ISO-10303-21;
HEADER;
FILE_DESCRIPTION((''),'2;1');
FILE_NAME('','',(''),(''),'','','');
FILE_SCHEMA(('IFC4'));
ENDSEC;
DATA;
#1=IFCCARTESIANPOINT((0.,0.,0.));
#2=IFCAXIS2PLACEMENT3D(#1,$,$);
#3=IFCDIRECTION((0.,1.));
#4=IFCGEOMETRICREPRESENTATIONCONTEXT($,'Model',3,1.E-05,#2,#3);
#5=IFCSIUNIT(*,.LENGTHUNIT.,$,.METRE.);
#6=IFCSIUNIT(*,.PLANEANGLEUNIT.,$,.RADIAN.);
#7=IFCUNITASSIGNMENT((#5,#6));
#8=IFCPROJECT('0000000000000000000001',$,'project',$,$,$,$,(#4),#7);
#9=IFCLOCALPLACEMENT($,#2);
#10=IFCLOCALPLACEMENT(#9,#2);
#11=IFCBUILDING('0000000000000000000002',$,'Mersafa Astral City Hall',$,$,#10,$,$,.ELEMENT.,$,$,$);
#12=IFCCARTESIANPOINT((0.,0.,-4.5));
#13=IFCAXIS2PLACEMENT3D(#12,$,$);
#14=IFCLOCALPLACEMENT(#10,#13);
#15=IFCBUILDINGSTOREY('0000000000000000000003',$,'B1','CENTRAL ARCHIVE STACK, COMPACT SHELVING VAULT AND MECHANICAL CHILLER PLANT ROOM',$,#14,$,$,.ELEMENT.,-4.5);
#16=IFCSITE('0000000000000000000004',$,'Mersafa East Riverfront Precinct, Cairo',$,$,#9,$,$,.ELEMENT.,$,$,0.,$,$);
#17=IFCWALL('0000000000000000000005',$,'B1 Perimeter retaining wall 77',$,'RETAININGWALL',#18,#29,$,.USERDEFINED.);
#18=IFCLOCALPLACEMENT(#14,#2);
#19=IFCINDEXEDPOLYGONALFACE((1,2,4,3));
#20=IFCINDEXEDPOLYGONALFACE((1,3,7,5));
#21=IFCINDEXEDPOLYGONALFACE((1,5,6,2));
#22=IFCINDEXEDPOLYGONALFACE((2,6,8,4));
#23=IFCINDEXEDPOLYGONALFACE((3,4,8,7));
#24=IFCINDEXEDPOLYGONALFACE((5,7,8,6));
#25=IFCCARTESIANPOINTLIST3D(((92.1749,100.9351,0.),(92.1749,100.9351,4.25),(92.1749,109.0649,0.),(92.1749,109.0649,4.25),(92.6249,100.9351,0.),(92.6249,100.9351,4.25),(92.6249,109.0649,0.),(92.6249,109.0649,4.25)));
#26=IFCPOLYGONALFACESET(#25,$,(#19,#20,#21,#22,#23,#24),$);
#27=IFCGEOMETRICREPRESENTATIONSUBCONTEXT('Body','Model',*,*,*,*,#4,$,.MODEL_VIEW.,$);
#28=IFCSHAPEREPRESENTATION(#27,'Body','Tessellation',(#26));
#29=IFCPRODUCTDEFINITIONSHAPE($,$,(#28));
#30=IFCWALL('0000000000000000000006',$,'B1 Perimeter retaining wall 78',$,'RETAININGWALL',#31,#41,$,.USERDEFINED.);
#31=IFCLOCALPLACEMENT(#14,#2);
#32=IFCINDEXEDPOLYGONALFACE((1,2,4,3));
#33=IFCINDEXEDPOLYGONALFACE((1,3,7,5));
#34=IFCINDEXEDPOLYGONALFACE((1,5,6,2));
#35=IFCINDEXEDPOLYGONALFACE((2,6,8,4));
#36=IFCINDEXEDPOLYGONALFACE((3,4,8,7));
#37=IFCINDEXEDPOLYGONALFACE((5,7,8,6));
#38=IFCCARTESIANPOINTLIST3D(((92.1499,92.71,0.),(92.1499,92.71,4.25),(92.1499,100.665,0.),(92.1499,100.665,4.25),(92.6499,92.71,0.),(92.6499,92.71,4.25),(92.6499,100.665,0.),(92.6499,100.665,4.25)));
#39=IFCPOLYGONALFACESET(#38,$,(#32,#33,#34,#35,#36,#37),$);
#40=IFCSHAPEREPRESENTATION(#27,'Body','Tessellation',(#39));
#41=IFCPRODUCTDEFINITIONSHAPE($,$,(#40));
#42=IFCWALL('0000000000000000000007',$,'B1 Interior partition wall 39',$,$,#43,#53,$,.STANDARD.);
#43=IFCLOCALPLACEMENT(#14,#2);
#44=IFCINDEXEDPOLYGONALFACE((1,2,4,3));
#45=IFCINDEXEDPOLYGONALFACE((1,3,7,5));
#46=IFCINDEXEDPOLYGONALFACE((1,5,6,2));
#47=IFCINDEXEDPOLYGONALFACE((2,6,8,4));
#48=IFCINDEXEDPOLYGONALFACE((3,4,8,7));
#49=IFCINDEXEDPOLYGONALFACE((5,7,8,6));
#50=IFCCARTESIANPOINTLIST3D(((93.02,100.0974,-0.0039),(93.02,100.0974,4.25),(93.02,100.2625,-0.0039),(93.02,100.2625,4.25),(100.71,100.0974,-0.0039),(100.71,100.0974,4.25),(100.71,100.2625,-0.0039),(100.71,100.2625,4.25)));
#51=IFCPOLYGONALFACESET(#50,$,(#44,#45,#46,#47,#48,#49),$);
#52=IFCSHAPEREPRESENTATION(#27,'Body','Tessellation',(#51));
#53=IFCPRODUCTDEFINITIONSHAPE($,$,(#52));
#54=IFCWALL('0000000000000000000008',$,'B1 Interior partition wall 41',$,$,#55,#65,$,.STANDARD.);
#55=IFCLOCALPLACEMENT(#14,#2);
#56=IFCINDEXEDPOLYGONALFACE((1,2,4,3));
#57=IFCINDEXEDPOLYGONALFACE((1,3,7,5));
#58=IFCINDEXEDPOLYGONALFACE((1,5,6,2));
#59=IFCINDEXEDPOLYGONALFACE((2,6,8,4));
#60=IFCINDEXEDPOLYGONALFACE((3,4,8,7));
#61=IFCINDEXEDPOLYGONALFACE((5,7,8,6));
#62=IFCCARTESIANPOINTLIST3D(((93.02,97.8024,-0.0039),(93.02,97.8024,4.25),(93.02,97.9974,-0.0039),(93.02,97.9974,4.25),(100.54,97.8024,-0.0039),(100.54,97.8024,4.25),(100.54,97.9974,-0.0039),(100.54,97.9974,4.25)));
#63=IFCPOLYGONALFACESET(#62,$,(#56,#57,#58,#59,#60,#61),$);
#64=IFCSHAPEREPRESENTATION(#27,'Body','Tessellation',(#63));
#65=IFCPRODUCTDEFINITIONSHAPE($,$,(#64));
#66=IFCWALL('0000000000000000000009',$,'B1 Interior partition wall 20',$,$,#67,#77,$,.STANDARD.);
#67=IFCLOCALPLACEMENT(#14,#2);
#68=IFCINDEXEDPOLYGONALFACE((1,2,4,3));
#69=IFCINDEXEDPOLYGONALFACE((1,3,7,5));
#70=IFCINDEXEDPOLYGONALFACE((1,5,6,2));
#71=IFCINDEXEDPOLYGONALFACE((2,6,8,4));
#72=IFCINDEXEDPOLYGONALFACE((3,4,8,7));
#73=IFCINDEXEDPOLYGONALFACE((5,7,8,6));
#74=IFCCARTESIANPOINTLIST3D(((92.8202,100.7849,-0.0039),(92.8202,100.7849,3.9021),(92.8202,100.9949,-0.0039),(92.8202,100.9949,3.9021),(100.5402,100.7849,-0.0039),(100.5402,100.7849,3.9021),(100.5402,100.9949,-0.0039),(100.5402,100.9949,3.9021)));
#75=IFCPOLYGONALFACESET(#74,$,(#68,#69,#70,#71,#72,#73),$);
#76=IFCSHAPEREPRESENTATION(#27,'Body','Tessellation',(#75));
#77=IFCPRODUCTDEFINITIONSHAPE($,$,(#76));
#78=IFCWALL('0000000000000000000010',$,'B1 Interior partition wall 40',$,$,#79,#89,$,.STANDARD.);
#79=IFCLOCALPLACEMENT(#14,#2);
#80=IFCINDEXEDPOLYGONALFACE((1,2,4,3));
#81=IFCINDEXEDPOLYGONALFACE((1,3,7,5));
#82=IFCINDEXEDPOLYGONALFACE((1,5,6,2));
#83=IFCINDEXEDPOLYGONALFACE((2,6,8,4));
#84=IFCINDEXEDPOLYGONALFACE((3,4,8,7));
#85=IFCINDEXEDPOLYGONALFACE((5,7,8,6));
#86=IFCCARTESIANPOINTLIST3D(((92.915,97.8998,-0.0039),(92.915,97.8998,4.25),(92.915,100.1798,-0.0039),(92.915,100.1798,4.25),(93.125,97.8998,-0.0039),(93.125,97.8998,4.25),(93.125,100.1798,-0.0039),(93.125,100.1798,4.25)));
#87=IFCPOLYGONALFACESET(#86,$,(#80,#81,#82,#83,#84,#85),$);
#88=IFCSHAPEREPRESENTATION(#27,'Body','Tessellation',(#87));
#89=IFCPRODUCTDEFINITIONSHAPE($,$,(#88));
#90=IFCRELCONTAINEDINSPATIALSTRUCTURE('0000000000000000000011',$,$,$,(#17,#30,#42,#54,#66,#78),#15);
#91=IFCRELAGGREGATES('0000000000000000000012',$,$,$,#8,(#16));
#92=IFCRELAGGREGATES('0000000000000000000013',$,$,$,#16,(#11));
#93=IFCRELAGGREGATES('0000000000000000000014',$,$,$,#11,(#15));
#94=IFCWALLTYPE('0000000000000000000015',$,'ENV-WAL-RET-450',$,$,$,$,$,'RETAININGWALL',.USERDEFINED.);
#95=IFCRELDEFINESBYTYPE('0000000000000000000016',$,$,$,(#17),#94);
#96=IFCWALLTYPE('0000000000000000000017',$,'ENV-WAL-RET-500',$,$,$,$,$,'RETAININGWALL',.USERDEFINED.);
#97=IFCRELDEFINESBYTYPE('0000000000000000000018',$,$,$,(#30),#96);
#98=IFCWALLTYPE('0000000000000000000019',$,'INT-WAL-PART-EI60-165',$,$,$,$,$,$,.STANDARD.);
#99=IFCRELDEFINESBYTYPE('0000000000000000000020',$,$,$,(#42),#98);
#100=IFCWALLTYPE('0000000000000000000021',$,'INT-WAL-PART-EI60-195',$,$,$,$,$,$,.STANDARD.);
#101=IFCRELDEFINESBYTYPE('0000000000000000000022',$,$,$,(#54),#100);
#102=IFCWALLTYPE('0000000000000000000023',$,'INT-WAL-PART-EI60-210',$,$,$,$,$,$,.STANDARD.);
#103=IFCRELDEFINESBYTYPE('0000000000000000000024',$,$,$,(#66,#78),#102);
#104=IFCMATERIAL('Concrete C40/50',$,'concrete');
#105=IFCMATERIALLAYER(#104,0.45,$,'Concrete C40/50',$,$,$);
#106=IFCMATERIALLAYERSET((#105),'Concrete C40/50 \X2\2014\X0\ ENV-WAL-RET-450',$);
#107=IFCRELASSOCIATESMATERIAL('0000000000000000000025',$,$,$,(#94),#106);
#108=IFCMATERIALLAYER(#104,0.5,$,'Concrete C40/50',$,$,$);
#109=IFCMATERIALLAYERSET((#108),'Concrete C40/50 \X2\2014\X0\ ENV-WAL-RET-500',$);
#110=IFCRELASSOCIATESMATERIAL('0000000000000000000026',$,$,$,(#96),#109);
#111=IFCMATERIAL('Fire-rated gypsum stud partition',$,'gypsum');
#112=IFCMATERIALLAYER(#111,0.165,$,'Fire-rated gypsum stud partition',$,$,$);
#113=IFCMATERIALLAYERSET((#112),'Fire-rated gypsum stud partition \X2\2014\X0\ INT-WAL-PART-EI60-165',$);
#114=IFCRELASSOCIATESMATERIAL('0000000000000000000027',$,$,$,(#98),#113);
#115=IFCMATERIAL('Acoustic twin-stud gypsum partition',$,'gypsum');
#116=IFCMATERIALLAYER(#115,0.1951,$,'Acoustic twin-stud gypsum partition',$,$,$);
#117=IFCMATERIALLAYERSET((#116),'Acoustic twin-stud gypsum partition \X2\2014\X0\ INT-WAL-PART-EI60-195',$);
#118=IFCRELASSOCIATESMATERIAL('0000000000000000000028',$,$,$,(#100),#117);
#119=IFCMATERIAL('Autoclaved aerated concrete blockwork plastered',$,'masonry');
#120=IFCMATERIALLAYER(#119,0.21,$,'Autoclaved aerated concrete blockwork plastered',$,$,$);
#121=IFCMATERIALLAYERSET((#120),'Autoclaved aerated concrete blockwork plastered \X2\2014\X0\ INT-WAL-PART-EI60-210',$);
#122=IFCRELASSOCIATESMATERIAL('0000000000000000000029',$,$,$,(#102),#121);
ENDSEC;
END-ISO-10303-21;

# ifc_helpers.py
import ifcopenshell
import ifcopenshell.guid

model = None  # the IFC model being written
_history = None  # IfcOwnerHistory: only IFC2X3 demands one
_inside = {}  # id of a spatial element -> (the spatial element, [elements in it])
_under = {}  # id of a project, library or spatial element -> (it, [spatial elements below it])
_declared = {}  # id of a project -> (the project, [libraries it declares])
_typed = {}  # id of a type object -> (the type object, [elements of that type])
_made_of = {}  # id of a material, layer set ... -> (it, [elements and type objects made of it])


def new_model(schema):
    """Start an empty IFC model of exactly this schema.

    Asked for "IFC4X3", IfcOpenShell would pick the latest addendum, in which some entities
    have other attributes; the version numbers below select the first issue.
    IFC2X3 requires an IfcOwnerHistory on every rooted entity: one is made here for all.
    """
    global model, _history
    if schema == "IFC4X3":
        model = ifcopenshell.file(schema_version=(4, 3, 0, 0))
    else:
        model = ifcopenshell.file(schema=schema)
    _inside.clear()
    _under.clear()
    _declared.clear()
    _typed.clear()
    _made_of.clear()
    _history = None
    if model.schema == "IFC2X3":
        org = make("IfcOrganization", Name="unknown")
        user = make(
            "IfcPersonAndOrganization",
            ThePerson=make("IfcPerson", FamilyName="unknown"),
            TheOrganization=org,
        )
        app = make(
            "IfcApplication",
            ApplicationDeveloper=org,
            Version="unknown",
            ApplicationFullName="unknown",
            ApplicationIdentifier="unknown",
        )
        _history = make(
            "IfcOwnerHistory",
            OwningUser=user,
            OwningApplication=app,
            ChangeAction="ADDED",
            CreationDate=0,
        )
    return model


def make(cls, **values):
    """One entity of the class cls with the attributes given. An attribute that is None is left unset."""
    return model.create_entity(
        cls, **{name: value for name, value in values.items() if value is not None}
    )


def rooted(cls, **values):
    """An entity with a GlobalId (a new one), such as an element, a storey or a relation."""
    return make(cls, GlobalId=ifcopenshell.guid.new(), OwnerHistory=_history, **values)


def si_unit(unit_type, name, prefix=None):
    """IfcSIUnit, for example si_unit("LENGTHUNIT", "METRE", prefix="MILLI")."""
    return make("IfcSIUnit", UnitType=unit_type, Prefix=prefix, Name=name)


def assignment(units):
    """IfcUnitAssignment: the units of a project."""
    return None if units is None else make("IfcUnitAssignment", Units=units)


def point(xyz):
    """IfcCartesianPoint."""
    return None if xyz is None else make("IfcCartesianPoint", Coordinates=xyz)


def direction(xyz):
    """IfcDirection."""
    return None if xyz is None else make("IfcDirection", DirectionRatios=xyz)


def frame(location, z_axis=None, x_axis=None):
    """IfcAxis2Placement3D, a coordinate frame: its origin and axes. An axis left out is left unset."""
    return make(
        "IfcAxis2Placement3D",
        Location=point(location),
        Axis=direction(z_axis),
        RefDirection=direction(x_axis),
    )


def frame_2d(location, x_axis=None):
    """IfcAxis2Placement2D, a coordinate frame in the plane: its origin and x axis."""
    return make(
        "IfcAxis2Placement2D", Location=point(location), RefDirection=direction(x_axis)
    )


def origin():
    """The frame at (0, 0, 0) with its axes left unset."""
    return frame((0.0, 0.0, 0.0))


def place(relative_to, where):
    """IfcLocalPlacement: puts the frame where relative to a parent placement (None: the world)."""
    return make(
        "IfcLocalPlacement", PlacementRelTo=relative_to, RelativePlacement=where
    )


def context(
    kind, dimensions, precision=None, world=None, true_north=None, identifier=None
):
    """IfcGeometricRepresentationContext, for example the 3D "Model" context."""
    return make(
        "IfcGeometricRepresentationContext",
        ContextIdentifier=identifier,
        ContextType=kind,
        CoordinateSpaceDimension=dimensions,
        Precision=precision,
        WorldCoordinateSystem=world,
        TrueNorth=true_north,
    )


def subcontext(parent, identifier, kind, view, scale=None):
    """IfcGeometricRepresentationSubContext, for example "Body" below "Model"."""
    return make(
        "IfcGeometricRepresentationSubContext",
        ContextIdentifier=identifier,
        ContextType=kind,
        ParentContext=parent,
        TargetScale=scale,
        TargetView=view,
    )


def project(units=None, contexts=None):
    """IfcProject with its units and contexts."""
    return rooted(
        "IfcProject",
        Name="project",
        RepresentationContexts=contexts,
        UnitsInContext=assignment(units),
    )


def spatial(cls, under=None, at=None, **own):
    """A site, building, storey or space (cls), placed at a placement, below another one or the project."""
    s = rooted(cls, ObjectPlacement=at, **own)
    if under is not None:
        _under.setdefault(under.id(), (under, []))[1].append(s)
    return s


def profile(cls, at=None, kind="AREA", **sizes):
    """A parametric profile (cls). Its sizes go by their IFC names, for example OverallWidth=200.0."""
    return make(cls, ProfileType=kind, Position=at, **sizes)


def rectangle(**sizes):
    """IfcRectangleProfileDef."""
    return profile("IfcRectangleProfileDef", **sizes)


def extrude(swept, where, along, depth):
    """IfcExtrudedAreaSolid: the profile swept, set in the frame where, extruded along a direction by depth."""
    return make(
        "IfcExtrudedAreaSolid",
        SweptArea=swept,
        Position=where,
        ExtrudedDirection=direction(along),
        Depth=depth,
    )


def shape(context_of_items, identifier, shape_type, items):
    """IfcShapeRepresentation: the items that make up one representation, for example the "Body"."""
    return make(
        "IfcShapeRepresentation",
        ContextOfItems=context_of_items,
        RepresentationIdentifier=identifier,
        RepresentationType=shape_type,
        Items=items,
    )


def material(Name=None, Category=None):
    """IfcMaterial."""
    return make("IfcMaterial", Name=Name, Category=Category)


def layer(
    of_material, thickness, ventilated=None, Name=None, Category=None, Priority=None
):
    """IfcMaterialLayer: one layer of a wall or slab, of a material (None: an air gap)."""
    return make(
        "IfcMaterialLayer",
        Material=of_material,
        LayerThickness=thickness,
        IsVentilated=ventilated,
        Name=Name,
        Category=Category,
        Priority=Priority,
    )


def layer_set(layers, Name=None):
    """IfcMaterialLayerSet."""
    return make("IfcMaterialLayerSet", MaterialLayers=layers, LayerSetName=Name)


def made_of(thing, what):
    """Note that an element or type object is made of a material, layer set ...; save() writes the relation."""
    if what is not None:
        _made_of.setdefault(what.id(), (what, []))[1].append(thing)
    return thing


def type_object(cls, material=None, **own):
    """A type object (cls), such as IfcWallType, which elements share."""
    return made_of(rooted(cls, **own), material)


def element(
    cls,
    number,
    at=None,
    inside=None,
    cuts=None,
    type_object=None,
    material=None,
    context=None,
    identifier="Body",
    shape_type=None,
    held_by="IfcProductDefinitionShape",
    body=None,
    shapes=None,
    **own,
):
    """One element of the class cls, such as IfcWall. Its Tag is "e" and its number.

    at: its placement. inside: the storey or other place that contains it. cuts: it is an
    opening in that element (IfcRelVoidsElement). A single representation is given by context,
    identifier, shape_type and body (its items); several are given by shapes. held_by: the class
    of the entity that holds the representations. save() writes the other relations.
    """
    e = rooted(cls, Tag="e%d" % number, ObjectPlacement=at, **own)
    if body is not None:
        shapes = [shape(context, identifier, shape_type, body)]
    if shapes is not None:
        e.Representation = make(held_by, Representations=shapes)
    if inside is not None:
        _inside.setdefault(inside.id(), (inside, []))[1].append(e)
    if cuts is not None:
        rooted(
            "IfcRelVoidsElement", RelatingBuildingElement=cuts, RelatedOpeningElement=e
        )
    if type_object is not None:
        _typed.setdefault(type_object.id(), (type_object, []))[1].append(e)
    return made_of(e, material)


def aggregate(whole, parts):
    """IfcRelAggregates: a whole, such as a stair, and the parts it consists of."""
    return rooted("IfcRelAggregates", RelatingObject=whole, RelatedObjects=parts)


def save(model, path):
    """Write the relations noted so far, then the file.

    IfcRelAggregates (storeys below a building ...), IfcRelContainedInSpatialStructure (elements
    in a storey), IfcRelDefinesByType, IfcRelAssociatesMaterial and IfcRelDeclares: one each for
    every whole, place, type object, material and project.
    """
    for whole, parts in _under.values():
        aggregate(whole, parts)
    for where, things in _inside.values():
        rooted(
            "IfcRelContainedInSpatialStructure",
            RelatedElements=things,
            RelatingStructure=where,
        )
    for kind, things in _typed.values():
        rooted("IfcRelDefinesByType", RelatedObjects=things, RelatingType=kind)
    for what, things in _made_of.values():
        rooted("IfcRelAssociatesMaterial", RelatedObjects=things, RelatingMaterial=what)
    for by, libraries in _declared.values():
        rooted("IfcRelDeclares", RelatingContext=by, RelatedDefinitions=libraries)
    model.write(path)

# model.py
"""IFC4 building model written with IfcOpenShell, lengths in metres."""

from ifc_helpers import new_model, si_unit, direction, frame, frame_2d, origin, place, context, subcontext, project, spatial, rectangle, extrude, material, layer, layer_set, type_object, element, save


model = new_model("IFC4")

# Units and contexts
model_context = context("Model", 3, precision=1e-05, world=origin(), true_north=direction((0.0, 1.0)))
body_context = subcontext(model_context, "Body", "Model", "MODEL_VIEW")
ifc_project = project(units=[si_unit("LENGTHUNIT", "METRE"), si_unit("PLANEANGLEUNIT", "RADIAN")], contexts=[model_context])

# Site, building, storey
site_placement = place(None, origin())
site = spatial("IfcSite", under=ifc_project, at=site_placement, Name="Mersafa East Riverfront Precinct, Cairo", CompositionType="ELEMENT", RefElevation=0.0)
building_placement = place(site_placement, origin())
building = spatial("IfcBuilding", under=site, at=building_placement, Name="Mersafa Astral City Hall", CompositionType="ELEMENT")
storey_placement = place(building_placement, frame((0.0, 0.0, -4.5)))
storey = spatial("IfcBuildingStorey", under=building, at=storey_placement, Name="B1", Description="CENTRAL ARCHIVE STACK, COMPACT SHELVING VAULT AND MECHANICAL CHILLER PLANT ROOM", CompositionType="ELEMENT", Elevation=-4.5)

# Shared definitions
ifc_material_1 = material(Name="Concrete C40/50", Category="concrete")

# Walls
ifc_layer_1 = layer(ifc_material_1, 0.45, Name="Concrete C40/50")
ifc_layer_set_1 = layer_set([ifc_layer_1], Name="Concrete C40/50 — ENV-WAL-RET-450")
wall_type_1 = type_object("IfcWallType", Name="ENV-WAL-RET-450", ElementType="RETAININGWALL", PredefinedType="USERDEFINED", material=ifc_layer_set_1)
wall_1_placement = place(storey_placement, frame((92.3999, 109.0649, 0.0), z_axis=(0.0, 0.0, 1.0), x_axis=(0.0, -1.0, 0.0)))
element("IfcWall", 1, at=wall_1_placement, inside=storey, type_object=wall_type_1, Name="B1 Perimeter retaining wall 77", ObjectType="RETAININGWALL", PredefinedType="USERDEFINED", context=body_context, shape_type="SweptSolid", body=[
    extrude(rectangle(XDim=8.1299, YDim=0.45, at=frame_2d((4.0649, 0.0))), origin(), (0.0, 0.0, 1.0), 4.25),
])
ifc_layer_2 = layer(ifc_material_1, 0.5, Name="Concrete C40/50")
ifc_layer_set_2 = layer_set([ifc_layer_2], Name="Concrete C40/50 — ENV-WAL-RET-500")
wall_type_2 = type_object("IfcWallType", Name="ENV-WAL-RET-500", ElementType="RETAININGWALL", PredefinedType="USERDEFINED", material=ifc_layer_set_2)
wall_2_placement = place(storey_placement, frame((92.3999, 100.665, 0.0), z_axis=(0.0, 0.0, 1.0), x_axis=(0.0, -1.0, 0.0)))
element("IfcWall", 2, at=wall_2_placement, inside=storey, type_object=wall_type_2, Name="B1 Perimeter retaining wall 78", ObjectType="RETAININGWALL", PredefinedType="USERDEFINED", context=body_context, shape_type="SweptSolid", body=[
    extrude(rectangle(XDim=7.9551, YDim=0.5, at=frame_2d((3.9775, 0.0))), origin(), (0.0, 0.0, 1.0), 4.25),
])
ifc_material_2 = material(Name="Fire-rated gypsum stud partition", Category="gypsum")
ifc_layer_3 = layer(ifc_material_2, 0.165, Name="Fire-rated gypsum stud partition")
ifc_layer_set_3 = layer_set([ifc_layer_3], Name="Fire-rated gypsum stud partition — INT-WAL-PART-EI60-165")
wall_type_3 = type_object("IfcWallType", Name="INT-WAL-PART-EI60-165", PredefinedType="STANDARD", material=ifc_layer_set_3)
wall_3_placement = place(storey_placement, frame((100.71, 100.1799, -0.0039), z_axis=(0.0, 0.0, 1.0), x_axis=(-1.0, 0.0, 0.0)))
element("IfcWall", 3, at=wall_3_placement, inside=storey, type_object=wall_type_3, Name="B1 Interior partition wall 39", PredefinedType="STANDARD", context=body_context, shape_type="SweptSolid", body=[
    extrude(rectangle(XDim=7.6899, YDim=0.165, at=frame_2d((3.845, 0.0))), origin(), (0.0, 0.0, 1.0), 4.2539),
])
ifc_material_3 = material(Name="Acoustic twin-stud gypsum partition", Category="gypsum")
ifc_layer_4 = layer(ifc_material_3, 0.1951, Name="Acoustic twin-stud gypsum partition")
ifc_layer_set_4 = layer_set([ifc_layer_4], Name="Acoustic twin-stud gypsum partition — INT-WAL-PART-EI60-195")
wall_type_4 = type_object("IfcWallType", Name="INT-WAL-PART-EI60-195", PredefinedType="STANDARD", material=ifc_layer_set_4)
wall_4_placement = place(storey_placement, frame((93.02, 97.8999, -0.0039), z_axis=(0.0, 0.0, 1.0), x_axis=(1.0, 0.0, 0.0)))
element("IfcWall", 4, at=wall_4_placement, inside=storey, type_object=wall_type_4, Name="B1 Interior partition wall 41", PredefinedType="STANDARD", context=body_context, shape_type="SweptSolid", body=[
    extrude(rectangle(XDim=7.52, YDim=0.1951, at=frame_2d((3.76, 0.0))), origin(), (0.0, 0.0, 1.0), 4.2539),
])
ifc_material_4 = material(Name="Autoclaved aerated concrete blockwork plastered", Category="masonry")
ifc_layer_5 = layer(ifc_material_4, 0.21, Name="Autoclaved aerated concrete blockwork plastered")
ifc_layer_set_5 = layer_set([ifc_layer_5], Name="Autoclaved aerated concrete blockwork plastered — INT-WAL-PART-EI60-210")
wall_type_5 = type_object("IfcWallType", Name="INT-WAL-PART-EI60-210", PredefinedType="STANDARD", material=ifc_layer_set_5)
wall_5_placement = place(storey_placement, frame((100.54, 100.8899, -0.0039), z_axis=(0.0, 0.0, 1.0), x_axis=(-1.0, 0.0, 0.0)))
element("IfcWall", 5, at=wall_5_placement, inside=storey, type_object=wall_type_5, Name="B1 Interior partition wall 20", PredefinedType="STANDARD", context=body_context, shape_type="SweptSolid", body=[
    extrude(rectangle(XDim=7.72, YDim=0.21, at=frame_2d((3.8599, 0.0))), origin(), (0.0, 0.0, 1.0), 3.906),
])
wall_6_placement = place(storey_placement, frame((93.02, 100.1799, -0.0039), z_axis=(0.0, 0.0, 1.0), x_axis=(0.0, -1.0, 0.0)))
element("IfcWall", 6, at=wall_6_placement, inside=storey, type_object=wall_type_5, Name="B1 Interior partition wall 40", PredefinedType="STANDARD", context=body_context, shape_type="SweptSolid", body=[
    extrude(rectangle(XDim=2.28, YDim=0.21, at=frame_2d((1.1401, 0.0))), origin(), (0.0, 0.0, 1.0), 4.2539),
])

save(model, "model.ifc")
